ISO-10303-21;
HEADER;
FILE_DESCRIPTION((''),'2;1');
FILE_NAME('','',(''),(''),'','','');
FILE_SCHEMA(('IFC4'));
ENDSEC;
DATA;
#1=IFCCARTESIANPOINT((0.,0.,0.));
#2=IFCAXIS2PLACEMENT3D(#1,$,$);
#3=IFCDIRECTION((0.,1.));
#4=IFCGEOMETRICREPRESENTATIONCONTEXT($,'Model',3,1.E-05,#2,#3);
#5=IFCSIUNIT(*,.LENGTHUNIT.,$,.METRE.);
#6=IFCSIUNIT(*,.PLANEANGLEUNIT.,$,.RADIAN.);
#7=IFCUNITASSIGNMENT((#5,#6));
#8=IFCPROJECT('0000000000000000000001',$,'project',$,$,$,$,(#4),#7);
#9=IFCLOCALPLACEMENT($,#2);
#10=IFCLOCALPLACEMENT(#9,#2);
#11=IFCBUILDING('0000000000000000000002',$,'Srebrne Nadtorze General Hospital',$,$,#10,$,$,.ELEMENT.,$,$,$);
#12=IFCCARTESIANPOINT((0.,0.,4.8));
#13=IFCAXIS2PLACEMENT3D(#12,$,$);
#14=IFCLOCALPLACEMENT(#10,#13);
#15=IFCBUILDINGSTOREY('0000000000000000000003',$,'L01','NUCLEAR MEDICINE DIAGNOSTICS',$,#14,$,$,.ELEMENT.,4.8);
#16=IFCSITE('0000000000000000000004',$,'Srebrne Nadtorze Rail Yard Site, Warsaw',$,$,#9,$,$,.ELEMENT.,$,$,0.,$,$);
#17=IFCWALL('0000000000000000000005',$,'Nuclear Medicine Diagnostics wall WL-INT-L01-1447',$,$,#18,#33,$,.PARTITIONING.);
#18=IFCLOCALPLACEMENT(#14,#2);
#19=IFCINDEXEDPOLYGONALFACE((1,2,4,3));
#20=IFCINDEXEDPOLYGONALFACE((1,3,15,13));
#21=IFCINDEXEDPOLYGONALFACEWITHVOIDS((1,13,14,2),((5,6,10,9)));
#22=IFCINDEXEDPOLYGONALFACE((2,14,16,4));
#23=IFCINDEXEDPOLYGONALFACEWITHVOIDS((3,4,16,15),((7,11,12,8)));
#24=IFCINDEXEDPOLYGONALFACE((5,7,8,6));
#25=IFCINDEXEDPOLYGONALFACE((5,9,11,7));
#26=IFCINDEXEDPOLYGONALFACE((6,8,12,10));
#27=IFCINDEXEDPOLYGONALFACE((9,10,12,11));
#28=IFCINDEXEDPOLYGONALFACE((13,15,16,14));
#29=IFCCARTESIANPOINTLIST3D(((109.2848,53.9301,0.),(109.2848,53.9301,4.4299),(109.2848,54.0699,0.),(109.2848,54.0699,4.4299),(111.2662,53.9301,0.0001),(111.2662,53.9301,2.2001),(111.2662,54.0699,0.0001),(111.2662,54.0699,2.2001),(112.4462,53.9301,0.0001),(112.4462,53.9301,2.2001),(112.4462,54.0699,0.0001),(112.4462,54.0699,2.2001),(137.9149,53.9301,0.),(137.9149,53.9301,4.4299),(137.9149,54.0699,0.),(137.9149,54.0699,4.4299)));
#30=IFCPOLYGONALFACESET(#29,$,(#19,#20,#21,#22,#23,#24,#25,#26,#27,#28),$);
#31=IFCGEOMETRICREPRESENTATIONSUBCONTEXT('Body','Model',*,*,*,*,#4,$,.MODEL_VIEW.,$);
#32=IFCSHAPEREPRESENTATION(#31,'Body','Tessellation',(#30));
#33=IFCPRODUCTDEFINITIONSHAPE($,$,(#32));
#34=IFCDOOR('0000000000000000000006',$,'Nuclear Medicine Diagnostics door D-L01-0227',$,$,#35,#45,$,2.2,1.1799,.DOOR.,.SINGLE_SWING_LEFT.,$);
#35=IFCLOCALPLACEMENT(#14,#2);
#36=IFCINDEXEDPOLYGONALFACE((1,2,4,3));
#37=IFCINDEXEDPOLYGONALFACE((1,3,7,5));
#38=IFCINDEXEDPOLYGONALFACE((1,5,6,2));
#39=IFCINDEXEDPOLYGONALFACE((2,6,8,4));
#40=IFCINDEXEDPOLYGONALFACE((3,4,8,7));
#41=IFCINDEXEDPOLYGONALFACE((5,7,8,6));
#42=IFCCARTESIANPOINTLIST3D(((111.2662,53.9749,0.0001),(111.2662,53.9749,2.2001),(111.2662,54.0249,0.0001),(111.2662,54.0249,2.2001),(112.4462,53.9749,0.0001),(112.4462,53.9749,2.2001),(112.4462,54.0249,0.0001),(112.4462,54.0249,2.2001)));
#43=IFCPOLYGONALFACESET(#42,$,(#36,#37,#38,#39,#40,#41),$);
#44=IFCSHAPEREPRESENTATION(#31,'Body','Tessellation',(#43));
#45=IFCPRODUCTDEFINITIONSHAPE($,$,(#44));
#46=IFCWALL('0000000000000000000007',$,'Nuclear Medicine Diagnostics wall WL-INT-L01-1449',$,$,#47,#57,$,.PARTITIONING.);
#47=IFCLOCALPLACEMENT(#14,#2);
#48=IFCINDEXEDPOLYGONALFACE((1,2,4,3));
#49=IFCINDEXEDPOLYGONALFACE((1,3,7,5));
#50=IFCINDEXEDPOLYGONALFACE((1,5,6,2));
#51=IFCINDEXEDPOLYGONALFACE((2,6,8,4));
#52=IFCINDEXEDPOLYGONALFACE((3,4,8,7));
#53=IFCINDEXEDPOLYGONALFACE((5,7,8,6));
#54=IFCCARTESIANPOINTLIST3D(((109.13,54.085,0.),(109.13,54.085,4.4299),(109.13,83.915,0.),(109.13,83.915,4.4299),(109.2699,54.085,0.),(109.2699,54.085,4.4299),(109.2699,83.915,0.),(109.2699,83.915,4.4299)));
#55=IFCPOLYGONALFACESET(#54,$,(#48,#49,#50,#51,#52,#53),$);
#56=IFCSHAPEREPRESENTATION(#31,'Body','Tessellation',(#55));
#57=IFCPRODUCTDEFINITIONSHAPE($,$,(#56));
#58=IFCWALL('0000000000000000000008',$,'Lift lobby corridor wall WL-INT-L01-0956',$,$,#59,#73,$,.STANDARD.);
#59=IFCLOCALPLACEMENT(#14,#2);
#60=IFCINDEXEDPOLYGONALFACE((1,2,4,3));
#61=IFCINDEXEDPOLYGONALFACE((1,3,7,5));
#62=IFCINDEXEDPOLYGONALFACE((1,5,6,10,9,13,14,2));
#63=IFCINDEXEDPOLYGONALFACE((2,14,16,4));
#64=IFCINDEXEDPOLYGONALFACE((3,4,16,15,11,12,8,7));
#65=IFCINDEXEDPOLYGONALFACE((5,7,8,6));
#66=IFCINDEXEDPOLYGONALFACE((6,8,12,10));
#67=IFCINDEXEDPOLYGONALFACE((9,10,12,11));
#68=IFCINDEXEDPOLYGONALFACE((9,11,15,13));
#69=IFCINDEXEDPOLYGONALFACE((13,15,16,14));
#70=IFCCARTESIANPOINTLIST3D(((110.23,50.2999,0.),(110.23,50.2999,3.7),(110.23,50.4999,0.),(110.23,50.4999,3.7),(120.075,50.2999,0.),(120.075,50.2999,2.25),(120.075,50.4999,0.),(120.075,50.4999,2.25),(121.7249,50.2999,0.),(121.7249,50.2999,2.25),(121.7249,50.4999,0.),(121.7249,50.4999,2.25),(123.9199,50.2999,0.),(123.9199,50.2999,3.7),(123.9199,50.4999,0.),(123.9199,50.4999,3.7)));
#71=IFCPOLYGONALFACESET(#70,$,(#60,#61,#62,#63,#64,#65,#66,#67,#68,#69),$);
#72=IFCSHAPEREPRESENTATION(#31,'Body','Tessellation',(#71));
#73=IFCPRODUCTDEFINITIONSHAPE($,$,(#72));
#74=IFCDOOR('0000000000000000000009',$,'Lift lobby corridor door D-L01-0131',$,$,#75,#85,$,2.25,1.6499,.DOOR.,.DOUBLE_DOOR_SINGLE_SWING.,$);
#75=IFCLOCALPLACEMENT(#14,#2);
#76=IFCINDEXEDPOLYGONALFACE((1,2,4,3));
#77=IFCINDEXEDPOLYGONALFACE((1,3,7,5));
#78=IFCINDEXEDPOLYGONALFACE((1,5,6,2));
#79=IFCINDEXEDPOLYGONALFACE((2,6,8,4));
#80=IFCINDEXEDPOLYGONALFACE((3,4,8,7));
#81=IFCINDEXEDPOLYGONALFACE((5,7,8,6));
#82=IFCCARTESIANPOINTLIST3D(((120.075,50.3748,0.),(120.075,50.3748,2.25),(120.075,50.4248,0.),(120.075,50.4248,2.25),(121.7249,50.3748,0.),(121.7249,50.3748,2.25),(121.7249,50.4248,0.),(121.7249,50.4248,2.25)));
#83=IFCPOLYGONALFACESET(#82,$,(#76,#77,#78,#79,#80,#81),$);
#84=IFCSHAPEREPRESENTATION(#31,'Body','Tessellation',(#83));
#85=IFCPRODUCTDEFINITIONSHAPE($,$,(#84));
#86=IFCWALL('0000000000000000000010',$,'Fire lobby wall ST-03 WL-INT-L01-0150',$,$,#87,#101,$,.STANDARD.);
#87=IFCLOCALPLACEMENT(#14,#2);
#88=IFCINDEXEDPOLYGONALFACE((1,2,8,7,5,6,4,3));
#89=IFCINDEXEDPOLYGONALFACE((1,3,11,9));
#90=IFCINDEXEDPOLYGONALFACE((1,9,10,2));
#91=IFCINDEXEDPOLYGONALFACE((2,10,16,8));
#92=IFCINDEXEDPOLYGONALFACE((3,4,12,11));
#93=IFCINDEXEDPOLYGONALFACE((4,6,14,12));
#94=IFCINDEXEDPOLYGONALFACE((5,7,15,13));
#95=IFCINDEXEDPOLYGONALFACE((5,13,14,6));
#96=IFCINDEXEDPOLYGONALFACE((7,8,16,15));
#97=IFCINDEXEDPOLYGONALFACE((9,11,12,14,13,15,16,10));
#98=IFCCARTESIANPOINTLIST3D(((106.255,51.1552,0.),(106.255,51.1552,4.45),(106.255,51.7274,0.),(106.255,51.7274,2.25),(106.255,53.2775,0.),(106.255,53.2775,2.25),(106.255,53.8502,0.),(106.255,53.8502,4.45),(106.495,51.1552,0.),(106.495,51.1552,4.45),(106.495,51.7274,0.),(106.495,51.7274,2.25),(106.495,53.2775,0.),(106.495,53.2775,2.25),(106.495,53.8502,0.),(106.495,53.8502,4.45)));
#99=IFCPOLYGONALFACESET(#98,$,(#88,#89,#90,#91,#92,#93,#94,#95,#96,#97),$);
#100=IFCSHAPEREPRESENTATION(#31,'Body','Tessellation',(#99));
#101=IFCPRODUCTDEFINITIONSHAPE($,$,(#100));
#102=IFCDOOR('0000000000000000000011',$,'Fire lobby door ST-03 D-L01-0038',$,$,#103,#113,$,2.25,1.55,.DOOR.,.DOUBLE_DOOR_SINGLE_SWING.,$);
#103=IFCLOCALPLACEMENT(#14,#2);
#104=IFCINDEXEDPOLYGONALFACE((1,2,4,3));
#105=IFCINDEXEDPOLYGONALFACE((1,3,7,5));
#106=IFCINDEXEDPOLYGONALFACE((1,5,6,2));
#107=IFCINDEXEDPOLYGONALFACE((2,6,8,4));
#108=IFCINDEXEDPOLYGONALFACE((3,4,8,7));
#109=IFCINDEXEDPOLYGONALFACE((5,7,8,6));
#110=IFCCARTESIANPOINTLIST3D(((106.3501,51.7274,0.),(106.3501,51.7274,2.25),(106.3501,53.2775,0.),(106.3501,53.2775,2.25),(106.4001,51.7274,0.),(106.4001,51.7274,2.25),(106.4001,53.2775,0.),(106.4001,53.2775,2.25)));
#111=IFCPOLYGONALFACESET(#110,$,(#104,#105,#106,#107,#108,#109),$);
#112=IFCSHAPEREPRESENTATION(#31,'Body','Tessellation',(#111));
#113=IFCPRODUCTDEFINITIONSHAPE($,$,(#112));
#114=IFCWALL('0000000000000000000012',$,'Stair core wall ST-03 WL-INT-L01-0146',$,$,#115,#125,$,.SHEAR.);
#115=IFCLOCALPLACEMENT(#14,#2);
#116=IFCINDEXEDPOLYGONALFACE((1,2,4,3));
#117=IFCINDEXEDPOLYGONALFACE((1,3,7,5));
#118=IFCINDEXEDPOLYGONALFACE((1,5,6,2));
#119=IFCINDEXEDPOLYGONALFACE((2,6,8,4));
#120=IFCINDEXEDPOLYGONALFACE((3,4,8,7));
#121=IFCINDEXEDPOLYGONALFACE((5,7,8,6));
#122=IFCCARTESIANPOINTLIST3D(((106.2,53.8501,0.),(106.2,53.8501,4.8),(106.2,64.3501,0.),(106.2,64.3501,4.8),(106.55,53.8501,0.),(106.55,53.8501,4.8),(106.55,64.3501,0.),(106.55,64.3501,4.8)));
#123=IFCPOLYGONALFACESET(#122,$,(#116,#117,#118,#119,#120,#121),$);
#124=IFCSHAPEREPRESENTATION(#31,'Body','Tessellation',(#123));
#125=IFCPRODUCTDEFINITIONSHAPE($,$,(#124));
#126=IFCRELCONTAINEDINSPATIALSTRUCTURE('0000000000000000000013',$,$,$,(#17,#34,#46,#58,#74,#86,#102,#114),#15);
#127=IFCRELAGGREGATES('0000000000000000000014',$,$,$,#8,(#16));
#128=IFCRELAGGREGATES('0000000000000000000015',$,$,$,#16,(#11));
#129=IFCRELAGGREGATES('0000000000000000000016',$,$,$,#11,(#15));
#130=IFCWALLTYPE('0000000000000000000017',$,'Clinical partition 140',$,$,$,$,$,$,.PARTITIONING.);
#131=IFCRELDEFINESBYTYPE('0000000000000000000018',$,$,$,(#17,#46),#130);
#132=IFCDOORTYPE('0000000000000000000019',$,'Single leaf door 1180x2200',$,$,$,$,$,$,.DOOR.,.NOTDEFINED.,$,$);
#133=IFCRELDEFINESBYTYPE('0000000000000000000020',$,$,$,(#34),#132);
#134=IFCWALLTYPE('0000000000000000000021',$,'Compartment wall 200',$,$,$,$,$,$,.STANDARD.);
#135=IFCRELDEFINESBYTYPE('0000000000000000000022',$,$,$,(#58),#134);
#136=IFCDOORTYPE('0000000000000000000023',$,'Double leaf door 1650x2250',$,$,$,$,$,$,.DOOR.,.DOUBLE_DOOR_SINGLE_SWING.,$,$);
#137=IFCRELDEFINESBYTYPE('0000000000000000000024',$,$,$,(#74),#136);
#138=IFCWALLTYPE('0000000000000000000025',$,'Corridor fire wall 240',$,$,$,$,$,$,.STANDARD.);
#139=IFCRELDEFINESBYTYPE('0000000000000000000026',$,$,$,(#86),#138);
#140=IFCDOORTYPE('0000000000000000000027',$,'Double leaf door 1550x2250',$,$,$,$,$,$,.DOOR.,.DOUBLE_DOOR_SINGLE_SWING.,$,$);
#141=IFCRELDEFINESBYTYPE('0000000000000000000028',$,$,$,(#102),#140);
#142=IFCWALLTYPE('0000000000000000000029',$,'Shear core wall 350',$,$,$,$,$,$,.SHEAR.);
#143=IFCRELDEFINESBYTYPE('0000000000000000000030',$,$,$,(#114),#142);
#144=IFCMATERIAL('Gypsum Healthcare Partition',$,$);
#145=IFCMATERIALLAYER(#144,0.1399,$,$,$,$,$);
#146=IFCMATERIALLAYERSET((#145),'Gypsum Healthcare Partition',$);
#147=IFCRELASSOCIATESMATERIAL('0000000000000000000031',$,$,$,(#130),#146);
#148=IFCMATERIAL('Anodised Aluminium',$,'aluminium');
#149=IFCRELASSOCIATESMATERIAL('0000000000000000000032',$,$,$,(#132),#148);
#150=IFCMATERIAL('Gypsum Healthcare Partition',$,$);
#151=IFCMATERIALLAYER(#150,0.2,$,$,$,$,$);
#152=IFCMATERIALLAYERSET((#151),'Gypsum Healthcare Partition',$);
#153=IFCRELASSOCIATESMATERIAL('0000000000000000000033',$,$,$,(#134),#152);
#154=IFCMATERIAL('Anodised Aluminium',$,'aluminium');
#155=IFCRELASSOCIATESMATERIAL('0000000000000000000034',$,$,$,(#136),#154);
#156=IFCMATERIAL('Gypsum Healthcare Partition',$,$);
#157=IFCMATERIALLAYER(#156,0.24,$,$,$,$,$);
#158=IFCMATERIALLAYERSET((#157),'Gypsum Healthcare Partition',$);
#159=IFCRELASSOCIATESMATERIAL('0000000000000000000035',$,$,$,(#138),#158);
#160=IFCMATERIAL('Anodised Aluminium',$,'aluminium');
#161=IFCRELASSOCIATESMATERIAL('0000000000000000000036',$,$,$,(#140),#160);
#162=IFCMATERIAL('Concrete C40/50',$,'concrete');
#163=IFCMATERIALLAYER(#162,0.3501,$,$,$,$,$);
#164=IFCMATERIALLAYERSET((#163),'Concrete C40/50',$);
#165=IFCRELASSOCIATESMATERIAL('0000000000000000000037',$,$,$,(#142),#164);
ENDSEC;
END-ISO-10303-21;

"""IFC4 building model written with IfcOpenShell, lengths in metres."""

from ifc_helpers import new_model, si_unit, direction, frame, frame_2d, origin, place, context, subcontext, project, spatial, rectangle, extrude, material, layer, layer_set, type_object, element, fill, save


model = new_model("IFC4")

# Units and contexts
model_context = context("Model", 3, precision=1e-05, world=origin(), true_north=direction((0.0, 1.0)))
body_context = subcontext(model_context, "Body", "Model", "MODEL_VIEW")
ifc_project = project(units=[si_unit("LENGTHUNIT", "METRE"), si_unit("PLANEANGLEUNIT", "RADIAN")], contexts=[model_context])

# Site, building, storey
site_placement = place(None, origin())
site = spatial("IfcSite", under=ifc_project, at=site_placement, Name="Srebrne Nadtorze Rail Yard Site, Warsaw", CompositionType="ELEMENT", RefElevation=0.0)
building_placement = place(site_placement, origin())
building = spatial("IfcBuilding", under=site, at=building_placement, Name="Srebrne Nadtorze General Hospital", CompositionType="ELEMENT")
storey_placement = place(building_placement, frame((0.0, 0.0, 4.8)))
storey = spatial("IfcBuildingStorey", under=building, at=storey_placement, Name="L01", Description="NUCLEAR MEDICINE DIAGNOSTICS", CompositionType="ELEMENT", Elevation=4.8)

# Wall, opening, door
ifc_material_1 = material(Name="Gypsum Healthcare Partition")
ifc_layer_1 = layer(ifc_material_1, 0.1399)
ifc_layer_set_1 = layer_set([ifc_layer_1], Name="Gypsum Healthcare Partition")
wall_type_1 = type_object("IfcWallType", Name="Clinical partition 140", PredefinedType="PARTITIONING", material=ifc_layer_set_1)
wall_1_placement = place(storey_placement, frame((109.2849, 54.0, 0.0), z_axis=(0.0, 0.0, 1.0), x_axis=(1.0, 0.0, 0.0)))
wall_1 = element("IfcWall", 1, at=wall_1_placement, inside=storey, type_object=wall_type_1, Name="Nuclear Medicine Diagnostics wall WL-INT-L01-1447", PredefinedType="PARTITIONING", context=body_context, shape_type="SweptSolid", body=[
    extrude(rectangle(XDim=28.6301, YDim=0.1399, at=frame_2d((14.3149, 0.0))), origin(), (0.0, 0.0, 1.0), 4.4299),
])
opening_1_placement = place(wall_1_placement, frame((1.9814, 0.0, 0.0)))
opening_1 = element("IfcOpeningElement", 2, at=opening_1_placement, cuts=wall_1, PredefinedType="OPENING", context=body_context, shape_type="SweptSolid", body=[
    extrude(rectangle(XDim=1.1799, YDim=2.2, at=frame_2d((0.5898, 1.1001))), frame((0.0, 0.082, 0.0), z_axis=(0.0, -1.0, 0.0), x_axis=(1.0, 0.0, 0.0)), (0.0, 0.0, 1.0), 0.1638),
])
ifc_material_2 = material(Name="Anodised Aluminium", Category="aluminium")
door_type_1 = type_object("IfcDoorType", Name="Single leaf door 1180x2200", OperationType="NOTDEFINED", PredefinedType="DOOR", material=ifc_material_2)
door_1_placement = place(opening_1_placement, origin())
door_1 = element("IfcDoor", 3, at=door_1_placement, inside=storey, type_object=door_type_1, Name="Nuclear Medicine Diagnostics door D-L01-0227", OperationType="SINGLE_SWING_LEFT", OverallHeight=2.2, OverallWidth=1.1799, PredefinedType="DOOR", context=body_context, shape_type="SweptSolid", body=[
    extrude(rectangle(XDim=1.1799, YDim=2.2, at=frame_2d((0.5898, 1.1001))), frame((0.0, 0.0249, 0.0), z_axis=(0.0, -1.0, 0.0), x_axis=(1.0, 0.0, 0.0)), (0.0, 0.0, 1.0), 0.05),
])
fill(opening_1, door_1)

# Wall
wall_2_placement = place(storey_placement, frame((109.2, 54.085, 0.0), z_axis=(0.0, 0.0, 1.0), x_axis=(0.0, 1.0, 0.0)))
element("IfcWall", 4, at=wall_2_placement, inside=storey, type_object=wall_type_1, Name="Nuclear Medicine Diagnostics wall WL-INT-L01-1449", PredefinedType="PARTITIONING", context=body_context, shape_type="SweptSolid", body=[
    extrude(rectangle(XDim=29.8301, YDim=0.1399, at=frame_2d((14.915, 0.0))), origin(), (0.0, 0.0, 1.0), 4.4299),
])

# Walls, openings, doors
ifc_material_3 = material(Name="Gypsum Healthcare Partition")
ifc_layer_2 = layer(ifc_material_3, 0.2)
ifc_layer_set_2 = layer_set([ifc_layer_2], Name="Gypsum Healthcare Partition")
wall_type_2 = type_object("IfcWallType", Name="Compartment wall 200", PredefinedType="STANDARD", material=ifc_layer_set_2)
wall_3_placement = place(storey_placement, frame((110.23, 50.3999, 0.0), z_axis=(0.0, 0.0, 1.0), x_axis=(1.0, 0.0, 0.0)))
wall_3 = element("IfcWall", 5, at=wall_3_placement, inside=storey, type_object=wall_type_2, Name="Lift lobby corridor wall WL-INT-L01-0956", PredefinedType="STANDARD", context=body_context, shape_type="SweptSolid", body=[
    extrude(rectangle(XDim=13.6899, YDim=0.2, at=frame_2d((6.845, 0.0))), origin(), (0.0, 0.0, 1.0), 3.7),
])
opening_2_placement = place(wall_3_placement, frame((9.845, 0.0, 0.0)))
opening_2 = element("IfcOpeningElement", 6, at=opening_2_placement, cuts=wall_3, PredefinedType="OPENING", context=body_context, shape_type="SweptSolid", body=[
    extrude(rectangle(XDim=1.6499, YDim=2.25, at=frame_2d((0.825, 1.125))), frame((0.0, 0.1118, 0.0), z_axis=(0.0, -1.0, 0.0), x_axis=(1.0, 0.0, 0.0)), (0.0, 0.0, 1.0), 0.2239),
])
ifc_material_4 = material(Name="Anodised Aluminium", Category="aluminium")
door_type_2 = type_object("IfcDoorType", Name="Double leaf door 1650x2250", OperationType="DOUBLE_DOOR_SINGLE_SWING", PredefinedType="DOOR", material=ifc_material_4)
door_2_placement = place(opening_2_placement, origin())
door_2 = element("IfcDoor", 7, at=door_2_placement, inside=storey, type_object=door_type_2, Name="Lift lobby corridor door D-L01-0131", OperationType="DOUBLE_DOOR_SINGLE_SWING", OverallHeight=2.25, OverallWidth=1.6499, PredefinedType="DOOR", context=body_context, shape_type="SweptSolid", body=[
    extrude(rectangle(XDim=1.6499, YDim=2.25, at=frame_2d((0.825, 1.125))), frame((0.0, 0.0249, 0.0), z_axis=(0.0, -1.0, 0.0), x_axis=(1.0, 0.0, 0.0)), (0.0, 0.0, 1.0), 0.05),
])
fill(opening_2, door_2)
ifc_material_5 = material(Name="Gypsum Healthcare Partition")
ifc_layer_3 = layer(ifc_material_5, 0.24)
ifc_layer_set_3 = layer_set([ifc_layer_3], Name="Gypsum Healthcare Partition")
wall_type_3 = type_object("IfcWallType", Name="Corridor fire wall 240", PredefinedType="STANDARD", material=ifc_layer_set_3)
wall_4_placement = place(storey_placement, frame((106.375, 51.155, 0.0), z_axis=(0.0, 0.0, 1.0), x_axis=(0.0, 1.0, 0.0)))
wall_4 = element("IfcWall", 8, at=wall_4_placement, inside=storey, type_object=wall_type_3, Name="Fire lobby wall ST-03 WL-INT-L01-0150", PredefinedType="STANDARD", context=body_context, shape_type="SweptSolid", body=[
    extrude(rectangle(XDim=2.6951, YDim=0.24, at=frame_2d((1.3477, 0.0))), origin(), (0.0, 0.0, 1.0), 4.45),
])
opening_3_placement = place(wall_4_placement, frame((0.5725, 0.0, 0.0)))
opening_3 = element("IfcOpeningElement", 9, at=opening_3_placement, cuts=wall_4, PredefinedType="OPENING", context=body_context, shape_type="SweptSolid", body=[
    extrude(rectangle(XDim=1.55, YDim=2.25, at=frame_2d((0.7749, 1.125))), frame((0.0, 0.1318, 0.0), z_axis=(0.0, -1.0, 0.0), x_axis=(1.0, 0.0, 0.0)), (0.0, 0.0, 1.0), 0.2639),
])
ifc_material_6 = material(Name="Anodised Aluminium", Category="aluminium")
door_type_3 = type_object("IfcDoorType", Name="Double leaf door 1550x2250", OperationType="DOUBLE_DOOR_SINGLE_SWING", PredefinedType="DOOR", material=ifc_material_6)
door_3_placement = place(opening_3_placement, origin())
door_3 = element("IfcDoor", 10, at=door_3_placement, inside=storey, type_object=door_type_3, Name="Fire lobby door ST-03 D-L01-0038", OperationType="DOUBLE_DOOR_SINGLE_SWING", OverallHeight=2.25, OverallWidth=1.55, PredefinedType="DOOR", context=body_context, shape_type="SweptSolid", body=[
    extrude(rectangle(XDim=1.55, YDim=2.25, at=frame_2d((0.7749, 1.125))), frame((0.0, 0.0249, 0.0), z_axis=(0.0, -1.0, 0.0), x_axis=(1.0, 0.0, 0.0)), (0.0, 0.0, 1.0), 0.05),
])
fill(opening_3, door_3)

# Wall
ifc_material_7 = material(Name="Concrete C40/50", Category="concrete")
ifc_layer_4 = layer(ifc_material_7, 0.3501)
ifc_layer_set_4 = layer_set([ifc_layer_4], Name="Concrete C40/50")
wall_type_4 = type_object("IfcWallType", Name="Shear core wall 350", PredefinedType="SHEAR", material=ifc_layer_set_4)
wall_5_placement = place(storey_placement, frame((106.375, 53.8501, 0.0), z_axis=(0.0, 0.0, 1.0), x_axis=(0.0, 1.0, 0.0)))
element("IfcWall", 11, at=wall_5_placement, inside=storey, type_object=wall_type_4, Name="Stair core wall ST-03 WL-INT-L01-0146", PredefinedType="SHEAR", context=body_context, shape_type="SweptSolid", body=[
    extrude(rectangle(XDim=10.5, YDim=0.3501, at=frame_2d((5.25, 0.0))), origin(), (0.0, 0.0, 1.0), 4.8),
])

save(model, "model.ifc")
